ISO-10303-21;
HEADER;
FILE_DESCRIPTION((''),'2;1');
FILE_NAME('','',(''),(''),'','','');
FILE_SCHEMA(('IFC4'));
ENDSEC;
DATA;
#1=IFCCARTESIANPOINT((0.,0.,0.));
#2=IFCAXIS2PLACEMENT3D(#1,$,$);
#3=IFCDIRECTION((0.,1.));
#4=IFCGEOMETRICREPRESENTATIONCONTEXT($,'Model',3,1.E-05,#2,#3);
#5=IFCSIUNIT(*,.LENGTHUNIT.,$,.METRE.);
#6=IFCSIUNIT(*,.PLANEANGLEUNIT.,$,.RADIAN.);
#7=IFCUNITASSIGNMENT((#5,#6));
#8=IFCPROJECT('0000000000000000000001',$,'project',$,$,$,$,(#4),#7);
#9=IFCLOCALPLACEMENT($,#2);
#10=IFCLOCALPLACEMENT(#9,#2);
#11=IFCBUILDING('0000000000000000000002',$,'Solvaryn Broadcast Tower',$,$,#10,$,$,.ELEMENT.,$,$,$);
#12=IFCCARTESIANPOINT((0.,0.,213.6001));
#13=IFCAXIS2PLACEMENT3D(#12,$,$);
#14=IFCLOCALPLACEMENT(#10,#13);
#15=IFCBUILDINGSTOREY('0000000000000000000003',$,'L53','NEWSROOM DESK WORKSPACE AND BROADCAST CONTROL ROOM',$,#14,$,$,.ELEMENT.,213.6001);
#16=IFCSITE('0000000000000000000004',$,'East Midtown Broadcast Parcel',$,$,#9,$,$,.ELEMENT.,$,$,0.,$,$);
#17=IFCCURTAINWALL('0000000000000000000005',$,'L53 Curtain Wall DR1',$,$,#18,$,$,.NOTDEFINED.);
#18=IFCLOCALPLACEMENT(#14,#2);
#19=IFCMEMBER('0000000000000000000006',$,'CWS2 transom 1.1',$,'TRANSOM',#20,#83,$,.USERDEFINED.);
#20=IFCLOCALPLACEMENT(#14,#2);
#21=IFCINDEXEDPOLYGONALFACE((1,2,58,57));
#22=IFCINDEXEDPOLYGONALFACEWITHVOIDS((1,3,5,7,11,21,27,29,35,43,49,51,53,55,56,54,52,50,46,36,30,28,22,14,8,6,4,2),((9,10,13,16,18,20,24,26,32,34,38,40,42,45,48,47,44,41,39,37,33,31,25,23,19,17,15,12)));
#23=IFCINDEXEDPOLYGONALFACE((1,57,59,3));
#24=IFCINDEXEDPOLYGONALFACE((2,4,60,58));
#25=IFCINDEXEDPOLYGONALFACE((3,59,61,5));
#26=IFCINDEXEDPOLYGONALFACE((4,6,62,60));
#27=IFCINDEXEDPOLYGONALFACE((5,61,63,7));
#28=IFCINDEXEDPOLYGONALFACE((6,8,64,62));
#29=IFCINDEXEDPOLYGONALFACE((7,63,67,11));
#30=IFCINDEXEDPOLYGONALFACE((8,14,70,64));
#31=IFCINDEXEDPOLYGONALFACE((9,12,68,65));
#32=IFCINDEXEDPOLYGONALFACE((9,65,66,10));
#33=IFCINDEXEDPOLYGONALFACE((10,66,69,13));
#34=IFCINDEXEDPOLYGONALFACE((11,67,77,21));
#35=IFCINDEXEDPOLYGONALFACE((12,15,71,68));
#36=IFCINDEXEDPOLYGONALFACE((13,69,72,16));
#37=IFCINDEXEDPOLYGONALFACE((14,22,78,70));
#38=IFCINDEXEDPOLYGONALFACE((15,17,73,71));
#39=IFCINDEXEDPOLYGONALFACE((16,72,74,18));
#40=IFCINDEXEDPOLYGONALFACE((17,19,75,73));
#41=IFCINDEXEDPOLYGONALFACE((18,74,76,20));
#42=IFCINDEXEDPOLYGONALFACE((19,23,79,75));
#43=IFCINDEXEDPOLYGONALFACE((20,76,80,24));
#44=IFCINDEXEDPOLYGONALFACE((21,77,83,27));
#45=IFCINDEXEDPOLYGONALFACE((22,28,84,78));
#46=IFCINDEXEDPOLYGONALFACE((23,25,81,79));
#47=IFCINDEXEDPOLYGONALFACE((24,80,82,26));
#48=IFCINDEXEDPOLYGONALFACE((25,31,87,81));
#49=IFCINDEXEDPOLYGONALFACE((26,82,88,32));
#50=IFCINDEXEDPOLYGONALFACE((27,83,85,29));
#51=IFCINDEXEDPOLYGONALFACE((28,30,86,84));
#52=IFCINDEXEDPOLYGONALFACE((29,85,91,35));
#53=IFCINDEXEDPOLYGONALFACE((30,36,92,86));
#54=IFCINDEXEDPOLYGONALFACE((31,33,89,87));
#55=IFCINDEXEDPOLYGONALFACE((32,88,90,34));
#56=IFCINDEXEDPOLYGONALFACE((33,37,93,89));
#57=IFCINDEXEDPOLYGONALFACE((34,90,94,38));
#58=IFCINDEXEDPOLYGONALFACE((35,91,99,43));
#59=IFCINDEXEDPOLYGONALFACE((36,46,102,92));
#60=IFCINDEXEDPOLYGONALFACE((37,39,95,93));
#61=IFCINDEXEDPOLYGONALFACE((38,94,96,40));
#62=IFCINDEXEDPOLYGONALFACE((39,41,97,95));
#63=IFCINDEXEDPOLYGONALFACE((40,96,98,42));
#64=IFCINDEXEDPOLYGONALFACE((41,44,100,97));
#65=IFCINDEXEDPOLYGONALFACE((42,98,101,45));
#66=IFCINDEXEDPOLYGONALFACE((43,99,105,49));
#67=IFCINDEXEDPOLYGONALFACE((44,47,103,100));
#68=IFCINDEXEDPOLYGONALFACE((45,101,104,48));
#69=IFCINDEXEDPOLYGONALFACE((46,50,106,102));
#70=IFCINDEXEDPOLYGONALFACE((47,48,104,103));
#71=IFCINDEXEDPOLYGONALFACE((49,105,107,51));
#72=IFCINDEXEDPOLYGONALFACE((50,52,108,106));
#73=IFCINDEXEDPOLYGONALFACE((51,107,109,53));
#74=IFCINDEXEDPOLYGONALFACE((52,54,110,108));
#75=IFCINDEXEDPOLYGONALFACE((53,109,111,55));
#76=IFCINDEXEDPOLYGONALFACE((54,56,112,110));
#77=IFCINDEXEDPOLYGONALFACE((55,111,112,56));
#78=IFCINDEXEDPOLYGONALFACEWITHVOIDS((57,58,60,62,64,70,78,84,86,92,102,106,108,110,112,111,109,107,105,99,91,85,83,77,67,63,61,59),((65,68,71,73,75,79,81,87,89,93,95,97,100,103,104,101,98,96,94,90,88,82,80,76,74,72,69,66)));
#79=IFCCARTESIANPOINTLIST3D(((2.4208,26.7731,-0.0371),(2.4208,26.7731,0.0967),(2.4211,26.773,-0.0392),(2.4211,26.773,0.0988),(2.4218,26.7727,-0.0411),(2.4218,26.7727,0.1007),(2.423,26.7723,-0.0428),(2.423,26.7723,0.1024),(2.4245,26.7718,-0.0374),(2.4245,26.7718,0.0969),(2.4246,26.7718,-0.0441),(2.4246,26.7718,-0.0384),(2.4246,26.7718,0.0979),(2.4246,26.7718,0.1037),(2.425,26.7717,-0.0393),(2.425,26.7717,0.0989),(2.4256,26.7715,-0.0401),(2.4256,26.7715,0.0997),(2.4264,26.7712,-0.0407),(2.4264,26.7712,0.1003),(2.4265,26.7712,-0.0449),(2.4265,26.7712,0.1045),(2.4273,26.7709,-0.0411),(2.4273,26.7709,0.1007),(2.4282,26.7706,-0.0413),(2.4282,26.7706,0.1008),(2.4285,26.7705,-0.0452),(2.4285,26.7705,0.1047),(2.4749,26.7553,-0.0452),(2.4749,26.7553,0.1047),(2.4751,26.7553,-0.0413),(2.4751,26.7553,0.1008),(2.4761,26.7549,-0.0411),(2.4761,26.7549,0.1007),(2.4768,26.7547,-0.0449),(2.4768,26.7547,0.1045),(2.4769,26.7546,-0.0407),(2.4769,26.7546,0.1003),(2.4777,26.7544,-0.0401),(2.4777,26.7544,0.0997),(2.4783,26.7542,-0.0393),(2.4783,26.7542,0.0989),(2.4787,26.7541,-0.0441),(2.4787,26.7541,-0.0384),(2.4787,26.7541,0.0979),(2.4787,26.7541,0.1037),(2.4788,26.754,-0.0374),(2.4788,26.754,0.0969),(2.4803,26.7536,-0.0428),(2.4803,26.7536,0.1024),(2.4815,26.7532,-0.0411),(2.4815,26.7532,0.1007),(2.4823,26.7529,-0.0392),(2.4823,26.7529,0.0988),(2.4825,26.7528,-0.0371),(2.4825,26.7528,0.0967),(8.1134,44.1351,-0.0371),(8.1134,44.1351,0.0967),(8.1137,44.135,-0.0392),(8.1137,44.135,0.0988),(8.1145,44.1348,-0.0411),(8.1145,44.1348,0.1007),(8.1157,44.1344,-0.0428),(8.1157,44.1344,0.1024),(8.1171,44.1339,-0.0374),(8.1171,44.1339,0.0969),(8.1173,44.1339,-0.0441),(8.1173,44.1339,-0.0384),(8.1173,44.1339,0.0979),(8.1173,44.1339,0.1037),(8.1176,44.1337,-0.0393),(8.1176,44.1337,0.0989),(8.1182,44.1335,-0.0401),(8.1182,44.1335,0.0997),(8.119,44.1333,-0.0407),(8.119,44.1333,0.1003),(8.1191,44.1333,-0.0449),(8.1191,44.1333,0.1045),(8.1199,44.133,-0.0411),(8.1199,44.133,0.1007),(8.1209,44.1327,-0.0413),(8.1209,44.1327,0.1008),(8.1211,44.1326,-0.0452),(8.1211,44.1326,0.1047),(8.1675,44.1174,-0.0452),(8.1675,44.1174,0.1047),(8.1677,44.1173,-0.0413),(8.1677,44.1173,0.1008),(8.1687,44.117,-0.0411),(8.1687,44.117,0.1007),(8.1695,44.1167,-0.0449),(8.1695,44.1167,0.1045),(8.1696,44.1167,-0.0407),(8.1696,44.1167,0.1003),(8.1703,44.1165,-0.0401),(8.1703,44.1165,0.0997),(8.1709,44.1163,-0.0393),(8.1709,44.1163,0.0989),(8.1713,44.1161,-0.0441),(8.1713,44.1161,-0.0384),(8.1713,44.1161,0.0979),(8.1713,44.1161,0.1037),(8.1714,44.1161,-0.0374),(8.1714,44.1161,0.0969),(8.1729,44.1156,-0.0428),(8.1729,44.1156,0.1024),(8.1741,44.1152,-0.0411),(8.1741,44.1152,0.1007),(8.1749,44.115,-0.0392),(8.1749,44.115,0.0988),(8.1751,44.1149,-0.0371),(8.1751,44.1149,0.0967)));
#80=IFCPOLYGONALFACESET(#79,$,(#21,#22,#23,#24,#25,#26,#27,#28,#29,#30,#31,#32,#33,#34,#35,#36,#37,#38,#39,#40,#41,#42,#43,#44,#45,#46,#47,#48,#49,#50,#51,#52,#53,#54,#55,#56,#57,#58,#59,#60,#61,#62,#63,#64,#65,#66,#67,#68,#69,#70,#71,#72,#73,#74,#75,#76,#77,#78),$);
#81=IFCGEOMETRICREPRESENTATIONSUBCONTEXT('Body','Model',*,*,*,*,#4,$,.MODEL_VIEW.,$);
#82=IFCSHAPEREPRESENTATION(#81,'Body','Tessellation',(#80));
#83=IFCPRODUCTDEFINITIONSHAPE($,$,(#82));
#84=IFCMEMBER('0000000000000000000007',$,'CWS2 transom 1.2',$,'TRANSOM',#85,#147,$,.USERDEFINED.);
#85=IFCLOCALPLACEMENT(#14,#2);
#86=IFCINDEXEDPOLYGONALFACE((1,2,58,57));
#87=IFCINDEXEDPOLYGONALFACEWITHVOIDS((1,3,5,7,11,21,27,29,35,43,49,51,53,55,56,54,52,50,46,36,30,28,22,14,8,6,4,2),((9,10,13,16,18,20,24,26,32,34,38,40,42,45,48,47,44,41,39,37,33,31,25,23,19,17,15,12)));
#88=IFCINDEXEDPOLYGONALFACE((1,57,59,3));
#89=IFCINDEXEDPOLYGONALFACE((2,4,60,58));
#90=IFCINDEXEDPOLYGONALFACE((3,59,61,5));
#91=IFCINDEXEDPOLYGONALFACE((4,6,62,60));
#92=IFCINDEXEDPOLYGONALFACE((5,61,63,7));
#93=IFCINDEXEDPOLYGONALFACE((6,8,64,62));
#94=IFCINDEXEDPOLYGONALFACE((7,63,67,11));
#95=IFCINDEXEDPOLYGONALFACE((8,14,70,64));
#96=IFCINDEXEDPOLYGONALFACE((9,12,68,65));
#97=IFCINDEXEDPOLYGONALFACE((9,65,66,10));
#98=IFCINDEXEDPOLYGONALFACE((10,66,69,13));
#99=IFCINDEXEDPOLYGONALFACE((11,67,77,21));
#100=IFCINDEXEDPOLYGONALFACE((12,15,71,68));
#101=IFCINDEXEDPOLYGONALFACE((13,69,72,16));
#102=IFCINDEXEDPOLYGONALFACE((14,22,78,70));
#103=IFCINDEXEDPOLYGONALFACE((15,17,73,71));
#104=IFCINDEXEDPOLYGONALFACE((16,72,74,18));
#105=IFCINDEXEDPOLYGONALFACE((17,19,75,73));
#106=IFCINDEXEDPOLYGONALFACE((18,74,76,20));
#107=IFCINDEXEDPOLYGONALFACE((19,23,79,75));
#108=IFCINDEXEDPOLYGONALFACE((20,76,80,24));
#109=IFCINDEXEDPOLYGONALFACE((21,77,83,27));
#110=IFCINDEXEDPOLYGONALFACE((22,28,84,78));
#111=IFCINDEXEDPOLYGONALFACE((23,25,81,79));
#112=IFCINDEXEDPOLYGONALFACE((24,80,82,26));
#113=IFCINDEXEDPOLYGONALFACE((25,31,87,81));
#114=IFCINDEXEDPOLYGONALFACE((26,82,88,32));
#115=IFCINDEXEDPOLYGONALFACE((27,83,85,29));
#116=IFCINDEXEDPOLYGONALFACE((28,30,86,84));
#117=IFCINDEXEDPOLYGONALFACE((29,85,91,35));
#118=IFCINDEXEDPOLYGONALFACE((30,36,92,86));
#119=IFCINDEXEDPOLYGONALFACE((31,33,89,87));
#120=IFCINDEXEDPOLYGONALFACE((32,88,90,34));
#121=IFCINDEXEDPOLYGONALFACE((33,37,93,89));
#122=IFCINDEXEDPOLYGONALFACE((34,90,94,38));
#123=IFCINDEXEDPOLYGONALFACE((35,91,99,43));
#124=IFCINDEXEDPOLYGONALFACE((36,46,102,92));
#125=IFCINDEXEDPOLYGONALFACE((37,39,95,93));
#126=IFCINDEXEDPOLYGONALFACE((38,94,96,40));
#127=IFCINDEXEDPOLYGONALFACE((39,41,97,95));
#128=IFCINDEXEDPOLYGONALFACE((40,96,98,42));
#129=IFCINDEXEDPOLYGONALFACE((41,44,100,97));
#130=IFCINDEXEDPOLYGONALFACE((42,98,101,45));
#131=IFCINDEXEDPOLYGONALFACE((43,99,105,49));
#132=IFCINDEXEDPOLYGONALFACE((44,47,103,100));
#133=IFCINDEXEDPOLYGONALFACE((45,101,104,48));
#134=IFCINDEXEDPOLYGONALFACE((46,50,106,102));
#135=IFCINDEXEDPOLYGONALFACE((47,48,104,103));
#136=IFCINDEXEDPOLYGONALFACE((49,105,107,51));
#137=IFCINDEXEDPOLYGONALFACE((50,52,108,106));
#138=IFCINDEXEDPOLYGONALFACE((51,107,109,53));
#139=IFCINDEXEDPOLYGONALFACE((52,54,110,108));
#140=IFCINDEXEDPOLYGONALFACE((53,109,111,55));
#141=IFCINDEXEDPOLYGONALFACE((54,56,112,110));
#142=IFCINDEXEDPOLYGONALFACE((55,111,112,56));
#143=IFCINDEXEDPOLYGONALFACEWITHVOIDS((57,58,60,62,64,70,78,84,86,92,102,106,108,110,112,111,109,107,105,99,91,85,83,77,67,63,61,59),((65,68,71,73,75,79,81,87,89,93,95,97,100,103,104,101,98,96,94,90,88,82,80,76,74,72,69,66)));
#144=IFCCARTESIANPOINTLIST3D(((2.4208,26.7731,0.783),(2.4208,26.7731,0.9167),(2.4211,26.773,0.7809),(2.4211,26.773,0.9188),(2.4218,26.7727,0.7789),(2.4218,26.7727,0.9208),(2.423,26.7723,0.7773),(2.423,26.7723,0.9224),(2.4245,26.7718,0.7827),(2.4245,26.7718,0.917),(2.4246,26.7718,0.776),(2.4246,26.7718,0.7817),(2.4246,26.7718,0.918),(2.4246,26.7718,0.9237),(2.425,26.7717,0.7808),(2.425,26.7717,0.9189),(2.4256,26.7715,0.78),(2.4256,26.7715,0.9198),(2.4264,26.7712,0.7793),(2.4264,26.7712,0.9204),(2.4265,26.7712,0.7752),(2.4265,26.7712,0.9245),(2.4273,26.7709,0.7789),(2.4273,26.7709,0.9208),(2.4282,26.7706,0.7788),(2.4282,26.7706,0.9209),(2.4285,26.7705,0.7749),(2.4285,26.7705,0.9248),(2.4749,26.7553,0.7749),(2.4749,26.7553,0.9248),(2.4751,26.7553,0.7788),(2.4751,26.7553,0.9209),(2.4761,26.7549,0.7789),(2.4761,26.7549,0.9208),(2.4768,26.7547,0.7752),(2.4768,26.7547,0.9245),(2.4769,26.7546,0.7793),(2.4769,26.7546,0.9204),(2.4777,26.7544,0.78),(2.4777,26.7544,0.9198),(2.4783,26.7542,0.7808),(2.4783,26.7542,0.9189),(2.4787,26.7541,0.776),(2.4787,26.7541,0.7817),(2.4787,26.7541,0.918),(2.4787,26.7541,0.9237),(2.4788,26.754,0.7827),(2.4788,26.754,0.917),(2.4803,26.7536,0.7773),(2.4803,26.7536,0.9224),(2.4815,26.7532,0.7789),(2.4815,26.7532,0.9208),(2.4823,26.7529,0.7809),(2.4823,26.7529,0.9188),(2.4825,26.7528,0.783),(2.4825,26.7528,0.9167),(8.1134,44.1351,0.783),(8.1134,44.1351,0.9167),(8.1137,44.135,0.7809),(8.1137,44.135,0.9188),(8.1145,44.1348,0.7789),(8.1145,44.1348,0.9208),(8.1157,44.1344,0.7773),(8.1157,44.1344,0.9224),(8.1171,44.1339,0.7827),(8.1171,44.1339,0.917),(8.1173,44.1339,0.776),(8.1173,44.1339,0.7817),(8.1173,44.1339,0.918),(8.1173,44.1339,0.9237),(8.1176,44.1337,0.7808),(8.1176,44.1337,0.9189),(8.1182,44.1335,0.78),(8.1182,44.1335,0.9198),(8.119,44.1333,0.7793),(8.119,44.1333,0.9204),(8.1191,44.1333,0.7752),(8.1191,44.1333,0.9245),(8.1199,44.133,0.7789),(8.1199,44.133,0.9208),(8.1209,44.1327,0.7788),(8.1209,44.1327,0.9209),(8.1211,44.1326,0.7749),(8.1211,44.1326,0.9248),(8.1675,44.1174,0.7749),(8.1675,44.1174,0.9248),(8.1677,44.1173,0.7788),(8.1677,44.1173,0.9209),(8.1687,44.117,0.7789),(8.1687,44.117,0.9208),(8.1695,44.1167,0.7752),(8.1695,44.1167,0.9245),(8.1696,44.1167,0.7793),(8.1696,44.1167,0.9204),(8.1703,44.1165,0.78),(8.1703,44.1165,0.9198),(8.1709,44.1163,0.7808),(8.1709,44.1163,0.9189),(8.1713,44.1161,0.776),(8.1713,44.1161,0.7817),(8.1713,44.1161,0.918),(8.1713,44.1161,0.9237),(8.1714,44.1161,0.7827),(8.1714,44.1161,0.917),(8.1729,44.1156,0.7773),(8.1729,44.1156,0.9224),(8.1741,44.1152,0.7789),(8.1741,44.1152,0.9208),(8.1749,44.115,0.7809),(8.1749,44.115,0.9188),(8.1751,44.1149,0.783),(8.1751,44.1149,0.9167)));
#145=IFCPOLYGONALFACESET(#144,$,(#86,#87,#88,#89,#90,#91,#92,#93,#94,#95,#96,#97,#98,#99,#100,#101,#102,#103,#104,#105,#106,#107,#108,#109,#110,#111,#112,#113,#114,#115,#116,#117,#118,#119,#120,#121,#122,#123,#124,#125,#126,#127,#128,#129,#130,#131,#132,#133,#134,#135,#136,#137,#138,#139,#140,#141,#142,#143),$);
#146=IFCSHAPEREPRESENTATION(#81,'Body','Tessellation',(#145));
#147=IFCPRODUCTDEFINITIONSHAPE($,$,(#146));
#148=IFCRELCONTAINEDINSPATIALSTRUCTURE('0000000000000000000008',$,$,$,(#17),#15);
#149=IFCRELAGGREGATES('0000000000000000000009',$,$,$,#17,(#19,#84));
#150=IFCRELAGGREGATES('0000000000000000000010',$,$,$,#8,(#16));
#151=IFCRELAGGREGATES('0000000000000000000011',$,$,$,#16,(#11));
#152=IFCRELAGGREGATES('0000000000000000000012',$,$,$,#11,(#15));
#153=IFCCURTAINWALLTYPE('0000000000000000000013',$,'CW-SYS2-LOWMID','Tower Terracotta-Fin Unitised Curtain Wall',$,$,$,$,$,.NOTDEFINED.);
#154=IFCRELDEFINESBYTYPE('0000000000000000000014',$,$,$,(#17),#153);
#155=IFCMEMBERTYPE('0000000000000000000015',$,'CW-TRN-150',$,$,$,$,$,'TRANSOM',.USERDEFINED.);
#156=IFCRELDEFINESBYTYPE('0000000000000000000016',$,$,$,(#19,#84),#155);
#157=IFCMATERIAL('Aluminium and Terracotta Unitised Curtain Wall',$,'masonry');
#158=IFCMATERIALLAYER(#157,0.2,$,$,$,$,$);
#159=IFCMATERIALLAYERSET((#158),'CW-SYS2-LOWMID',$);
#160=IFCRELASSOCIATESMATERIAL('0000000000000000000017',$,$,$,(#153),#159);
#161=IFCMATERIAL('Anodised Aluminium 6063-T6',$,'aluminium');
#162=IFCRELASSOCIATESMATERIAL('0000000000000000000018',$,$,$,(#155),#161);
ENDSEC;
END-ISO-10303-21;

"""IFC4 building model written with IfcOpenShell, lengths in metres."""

from ifc_helpers import new_model, si_unit, direction, frame, origin, origin_2d, place, context, subcontext, project, spatial, hollow_rectangle, extrude, material, layer, layer_set, material_profile, profile_set, type_object, element, aggregate, save


model = new_model("IFC4")

# Units and contexts
model_context = context("Model", 3, precision=1e-05, world=origin(), true_north=direction((0.0, 1.0)))
body_context = subcontext(model_context, "Body", "Model", "MODEL_VIEW")
ifc_project = project(units=[si_unit("LENGTHUNIT", "METRE"), si_unit("PLANEANGLEUNIT", "RADIAN")], contexts=[model_context])

# Site, building, storey
site_placement = place(None, origin())
site = spatial("IfcSite", under=ifc_project, at=site_placement, Name="East Midtown Broadcast Parcel", CompositionType="ELEMENT", RefElevation=0.0)
building_placement = place(site_placement, origin())
building = spatial("IfcBuilding", under=site, at=building_placement, Name="Solvaryn Broadcast Tower", CompositionType="ELEMENT")
storey_placement = place(building_placement, frame((0.0, 0.0, 213.6001)))
storey = spatial("IfcBuildingStorey", under=building, at=storey_placement, Name="L53", Description="NEWSROOM DESK WORKSPACE AND BROADCAST CONTROL ROOM", CompositionType="ELEMENT", Elevation=213.6001)

# Curtain wall
ifc_material_1 = material(Name="Aluminium and Terracotta Unitised Curtain Wall", Category="masonry")
ifc_layer_1 = layer(ifc_material_1, 0.2)
ifc_layer_set_1 = layer_set([ifc_layer_1], Name="CW-SYS2-LOWMID")
curtain_wall_type = type_object("IfcCurtainWallType", Name="CW-SYS2-LOWMID", Description="Tower Terracotta-Fin Unitised Curtain Wall", PredefinedType="NOTDEFINED", material=ifc_layer_set_1)
curtain_wall_1_placement = place(storey_placement, origin())
curtain_wall_1 = element("IfcCurtainWall", 1, at=curtain_wall_1_placement, inside=storey, type_object=curtain_wall_type, Name="L53 Curtain Wall DR1", PredefinedType="NOTDEFINED")

# Members
ifc_material_2 = material(Name="Anodised Aluminium 6063-T6", Category="aluminium")
ifc_material_profile_1 = material_profile(ifc_material_2, hollow_rectangle(XDim=0.0649, YDim=0.1499, WallThickness=0.0039, InnerFilletRadius=0.0039, OuterFilletRadius=0.0081, at=origin_2d()))
ifc_profile_set_1 = profile_set([ifc_material_profile_1], Name="Anodised Aluminium 6063-T6")
member_type_1 = type_object("IfcMemberType", Name="CW-TRN-150", ElementType="TRANSOM", PredefinedType="USERDEFINED", material=ifc_profile_set_1)
member_1_placement = place(storey_placement, frame((8.1443, 44.125, 0.0298), z_axis=(-0.311558, -0.950227, 0.0), x_axis=(0.950227, -0.311558, 0.0)))
member_1 = element("IfcMember", 2, at=member_1_placement, type_object=member_type_1, Name="CWS2 transom 1.1", ObjectType="TRANSOM", PredefinedType="USERDEFINED", context=body_context, shape_type="SweptSolid", body=[
    extrude(hollow_rectangle(XDim=0.0649, YDim=0.1499, WallThickness=0.0039, InnerFilletRadius=0.0039, OuterFilletRadius=0.0081, at=origin_2d()), origin(), (0.0, 0.0, 1.0), 18.2715),
])
member_2_placement = place(storey_placement, frame((8.1443, 44.125, 0.8499), z_axis=(-0.311558, -0.950227, 0.0), x_axis=(0.950227, -0.311558, 0.0)))
member_2 = element("IfcMember", 3, at=member_2_placement, type_object=member_type_1, Name="CWS2 transom 1.2", ObjectType="TRANSOM", PredefinedType="USERDEFINED", context=body_context, shape_type="SweptSolid", body=[
    extrude(hollow_rectangle(XDim=0.0649, YDim=0.1499, WallThickness=0.0039, InnerFilletRadius=0.0039, OuterFilletRadius=0.0081, at=origin_2d()), origin(), (0.0, 0.0, 1.0), 18.2715),
])
aggregate(curtain_wall_1, [member_1, member_2])

save(model, "model.ifc")
